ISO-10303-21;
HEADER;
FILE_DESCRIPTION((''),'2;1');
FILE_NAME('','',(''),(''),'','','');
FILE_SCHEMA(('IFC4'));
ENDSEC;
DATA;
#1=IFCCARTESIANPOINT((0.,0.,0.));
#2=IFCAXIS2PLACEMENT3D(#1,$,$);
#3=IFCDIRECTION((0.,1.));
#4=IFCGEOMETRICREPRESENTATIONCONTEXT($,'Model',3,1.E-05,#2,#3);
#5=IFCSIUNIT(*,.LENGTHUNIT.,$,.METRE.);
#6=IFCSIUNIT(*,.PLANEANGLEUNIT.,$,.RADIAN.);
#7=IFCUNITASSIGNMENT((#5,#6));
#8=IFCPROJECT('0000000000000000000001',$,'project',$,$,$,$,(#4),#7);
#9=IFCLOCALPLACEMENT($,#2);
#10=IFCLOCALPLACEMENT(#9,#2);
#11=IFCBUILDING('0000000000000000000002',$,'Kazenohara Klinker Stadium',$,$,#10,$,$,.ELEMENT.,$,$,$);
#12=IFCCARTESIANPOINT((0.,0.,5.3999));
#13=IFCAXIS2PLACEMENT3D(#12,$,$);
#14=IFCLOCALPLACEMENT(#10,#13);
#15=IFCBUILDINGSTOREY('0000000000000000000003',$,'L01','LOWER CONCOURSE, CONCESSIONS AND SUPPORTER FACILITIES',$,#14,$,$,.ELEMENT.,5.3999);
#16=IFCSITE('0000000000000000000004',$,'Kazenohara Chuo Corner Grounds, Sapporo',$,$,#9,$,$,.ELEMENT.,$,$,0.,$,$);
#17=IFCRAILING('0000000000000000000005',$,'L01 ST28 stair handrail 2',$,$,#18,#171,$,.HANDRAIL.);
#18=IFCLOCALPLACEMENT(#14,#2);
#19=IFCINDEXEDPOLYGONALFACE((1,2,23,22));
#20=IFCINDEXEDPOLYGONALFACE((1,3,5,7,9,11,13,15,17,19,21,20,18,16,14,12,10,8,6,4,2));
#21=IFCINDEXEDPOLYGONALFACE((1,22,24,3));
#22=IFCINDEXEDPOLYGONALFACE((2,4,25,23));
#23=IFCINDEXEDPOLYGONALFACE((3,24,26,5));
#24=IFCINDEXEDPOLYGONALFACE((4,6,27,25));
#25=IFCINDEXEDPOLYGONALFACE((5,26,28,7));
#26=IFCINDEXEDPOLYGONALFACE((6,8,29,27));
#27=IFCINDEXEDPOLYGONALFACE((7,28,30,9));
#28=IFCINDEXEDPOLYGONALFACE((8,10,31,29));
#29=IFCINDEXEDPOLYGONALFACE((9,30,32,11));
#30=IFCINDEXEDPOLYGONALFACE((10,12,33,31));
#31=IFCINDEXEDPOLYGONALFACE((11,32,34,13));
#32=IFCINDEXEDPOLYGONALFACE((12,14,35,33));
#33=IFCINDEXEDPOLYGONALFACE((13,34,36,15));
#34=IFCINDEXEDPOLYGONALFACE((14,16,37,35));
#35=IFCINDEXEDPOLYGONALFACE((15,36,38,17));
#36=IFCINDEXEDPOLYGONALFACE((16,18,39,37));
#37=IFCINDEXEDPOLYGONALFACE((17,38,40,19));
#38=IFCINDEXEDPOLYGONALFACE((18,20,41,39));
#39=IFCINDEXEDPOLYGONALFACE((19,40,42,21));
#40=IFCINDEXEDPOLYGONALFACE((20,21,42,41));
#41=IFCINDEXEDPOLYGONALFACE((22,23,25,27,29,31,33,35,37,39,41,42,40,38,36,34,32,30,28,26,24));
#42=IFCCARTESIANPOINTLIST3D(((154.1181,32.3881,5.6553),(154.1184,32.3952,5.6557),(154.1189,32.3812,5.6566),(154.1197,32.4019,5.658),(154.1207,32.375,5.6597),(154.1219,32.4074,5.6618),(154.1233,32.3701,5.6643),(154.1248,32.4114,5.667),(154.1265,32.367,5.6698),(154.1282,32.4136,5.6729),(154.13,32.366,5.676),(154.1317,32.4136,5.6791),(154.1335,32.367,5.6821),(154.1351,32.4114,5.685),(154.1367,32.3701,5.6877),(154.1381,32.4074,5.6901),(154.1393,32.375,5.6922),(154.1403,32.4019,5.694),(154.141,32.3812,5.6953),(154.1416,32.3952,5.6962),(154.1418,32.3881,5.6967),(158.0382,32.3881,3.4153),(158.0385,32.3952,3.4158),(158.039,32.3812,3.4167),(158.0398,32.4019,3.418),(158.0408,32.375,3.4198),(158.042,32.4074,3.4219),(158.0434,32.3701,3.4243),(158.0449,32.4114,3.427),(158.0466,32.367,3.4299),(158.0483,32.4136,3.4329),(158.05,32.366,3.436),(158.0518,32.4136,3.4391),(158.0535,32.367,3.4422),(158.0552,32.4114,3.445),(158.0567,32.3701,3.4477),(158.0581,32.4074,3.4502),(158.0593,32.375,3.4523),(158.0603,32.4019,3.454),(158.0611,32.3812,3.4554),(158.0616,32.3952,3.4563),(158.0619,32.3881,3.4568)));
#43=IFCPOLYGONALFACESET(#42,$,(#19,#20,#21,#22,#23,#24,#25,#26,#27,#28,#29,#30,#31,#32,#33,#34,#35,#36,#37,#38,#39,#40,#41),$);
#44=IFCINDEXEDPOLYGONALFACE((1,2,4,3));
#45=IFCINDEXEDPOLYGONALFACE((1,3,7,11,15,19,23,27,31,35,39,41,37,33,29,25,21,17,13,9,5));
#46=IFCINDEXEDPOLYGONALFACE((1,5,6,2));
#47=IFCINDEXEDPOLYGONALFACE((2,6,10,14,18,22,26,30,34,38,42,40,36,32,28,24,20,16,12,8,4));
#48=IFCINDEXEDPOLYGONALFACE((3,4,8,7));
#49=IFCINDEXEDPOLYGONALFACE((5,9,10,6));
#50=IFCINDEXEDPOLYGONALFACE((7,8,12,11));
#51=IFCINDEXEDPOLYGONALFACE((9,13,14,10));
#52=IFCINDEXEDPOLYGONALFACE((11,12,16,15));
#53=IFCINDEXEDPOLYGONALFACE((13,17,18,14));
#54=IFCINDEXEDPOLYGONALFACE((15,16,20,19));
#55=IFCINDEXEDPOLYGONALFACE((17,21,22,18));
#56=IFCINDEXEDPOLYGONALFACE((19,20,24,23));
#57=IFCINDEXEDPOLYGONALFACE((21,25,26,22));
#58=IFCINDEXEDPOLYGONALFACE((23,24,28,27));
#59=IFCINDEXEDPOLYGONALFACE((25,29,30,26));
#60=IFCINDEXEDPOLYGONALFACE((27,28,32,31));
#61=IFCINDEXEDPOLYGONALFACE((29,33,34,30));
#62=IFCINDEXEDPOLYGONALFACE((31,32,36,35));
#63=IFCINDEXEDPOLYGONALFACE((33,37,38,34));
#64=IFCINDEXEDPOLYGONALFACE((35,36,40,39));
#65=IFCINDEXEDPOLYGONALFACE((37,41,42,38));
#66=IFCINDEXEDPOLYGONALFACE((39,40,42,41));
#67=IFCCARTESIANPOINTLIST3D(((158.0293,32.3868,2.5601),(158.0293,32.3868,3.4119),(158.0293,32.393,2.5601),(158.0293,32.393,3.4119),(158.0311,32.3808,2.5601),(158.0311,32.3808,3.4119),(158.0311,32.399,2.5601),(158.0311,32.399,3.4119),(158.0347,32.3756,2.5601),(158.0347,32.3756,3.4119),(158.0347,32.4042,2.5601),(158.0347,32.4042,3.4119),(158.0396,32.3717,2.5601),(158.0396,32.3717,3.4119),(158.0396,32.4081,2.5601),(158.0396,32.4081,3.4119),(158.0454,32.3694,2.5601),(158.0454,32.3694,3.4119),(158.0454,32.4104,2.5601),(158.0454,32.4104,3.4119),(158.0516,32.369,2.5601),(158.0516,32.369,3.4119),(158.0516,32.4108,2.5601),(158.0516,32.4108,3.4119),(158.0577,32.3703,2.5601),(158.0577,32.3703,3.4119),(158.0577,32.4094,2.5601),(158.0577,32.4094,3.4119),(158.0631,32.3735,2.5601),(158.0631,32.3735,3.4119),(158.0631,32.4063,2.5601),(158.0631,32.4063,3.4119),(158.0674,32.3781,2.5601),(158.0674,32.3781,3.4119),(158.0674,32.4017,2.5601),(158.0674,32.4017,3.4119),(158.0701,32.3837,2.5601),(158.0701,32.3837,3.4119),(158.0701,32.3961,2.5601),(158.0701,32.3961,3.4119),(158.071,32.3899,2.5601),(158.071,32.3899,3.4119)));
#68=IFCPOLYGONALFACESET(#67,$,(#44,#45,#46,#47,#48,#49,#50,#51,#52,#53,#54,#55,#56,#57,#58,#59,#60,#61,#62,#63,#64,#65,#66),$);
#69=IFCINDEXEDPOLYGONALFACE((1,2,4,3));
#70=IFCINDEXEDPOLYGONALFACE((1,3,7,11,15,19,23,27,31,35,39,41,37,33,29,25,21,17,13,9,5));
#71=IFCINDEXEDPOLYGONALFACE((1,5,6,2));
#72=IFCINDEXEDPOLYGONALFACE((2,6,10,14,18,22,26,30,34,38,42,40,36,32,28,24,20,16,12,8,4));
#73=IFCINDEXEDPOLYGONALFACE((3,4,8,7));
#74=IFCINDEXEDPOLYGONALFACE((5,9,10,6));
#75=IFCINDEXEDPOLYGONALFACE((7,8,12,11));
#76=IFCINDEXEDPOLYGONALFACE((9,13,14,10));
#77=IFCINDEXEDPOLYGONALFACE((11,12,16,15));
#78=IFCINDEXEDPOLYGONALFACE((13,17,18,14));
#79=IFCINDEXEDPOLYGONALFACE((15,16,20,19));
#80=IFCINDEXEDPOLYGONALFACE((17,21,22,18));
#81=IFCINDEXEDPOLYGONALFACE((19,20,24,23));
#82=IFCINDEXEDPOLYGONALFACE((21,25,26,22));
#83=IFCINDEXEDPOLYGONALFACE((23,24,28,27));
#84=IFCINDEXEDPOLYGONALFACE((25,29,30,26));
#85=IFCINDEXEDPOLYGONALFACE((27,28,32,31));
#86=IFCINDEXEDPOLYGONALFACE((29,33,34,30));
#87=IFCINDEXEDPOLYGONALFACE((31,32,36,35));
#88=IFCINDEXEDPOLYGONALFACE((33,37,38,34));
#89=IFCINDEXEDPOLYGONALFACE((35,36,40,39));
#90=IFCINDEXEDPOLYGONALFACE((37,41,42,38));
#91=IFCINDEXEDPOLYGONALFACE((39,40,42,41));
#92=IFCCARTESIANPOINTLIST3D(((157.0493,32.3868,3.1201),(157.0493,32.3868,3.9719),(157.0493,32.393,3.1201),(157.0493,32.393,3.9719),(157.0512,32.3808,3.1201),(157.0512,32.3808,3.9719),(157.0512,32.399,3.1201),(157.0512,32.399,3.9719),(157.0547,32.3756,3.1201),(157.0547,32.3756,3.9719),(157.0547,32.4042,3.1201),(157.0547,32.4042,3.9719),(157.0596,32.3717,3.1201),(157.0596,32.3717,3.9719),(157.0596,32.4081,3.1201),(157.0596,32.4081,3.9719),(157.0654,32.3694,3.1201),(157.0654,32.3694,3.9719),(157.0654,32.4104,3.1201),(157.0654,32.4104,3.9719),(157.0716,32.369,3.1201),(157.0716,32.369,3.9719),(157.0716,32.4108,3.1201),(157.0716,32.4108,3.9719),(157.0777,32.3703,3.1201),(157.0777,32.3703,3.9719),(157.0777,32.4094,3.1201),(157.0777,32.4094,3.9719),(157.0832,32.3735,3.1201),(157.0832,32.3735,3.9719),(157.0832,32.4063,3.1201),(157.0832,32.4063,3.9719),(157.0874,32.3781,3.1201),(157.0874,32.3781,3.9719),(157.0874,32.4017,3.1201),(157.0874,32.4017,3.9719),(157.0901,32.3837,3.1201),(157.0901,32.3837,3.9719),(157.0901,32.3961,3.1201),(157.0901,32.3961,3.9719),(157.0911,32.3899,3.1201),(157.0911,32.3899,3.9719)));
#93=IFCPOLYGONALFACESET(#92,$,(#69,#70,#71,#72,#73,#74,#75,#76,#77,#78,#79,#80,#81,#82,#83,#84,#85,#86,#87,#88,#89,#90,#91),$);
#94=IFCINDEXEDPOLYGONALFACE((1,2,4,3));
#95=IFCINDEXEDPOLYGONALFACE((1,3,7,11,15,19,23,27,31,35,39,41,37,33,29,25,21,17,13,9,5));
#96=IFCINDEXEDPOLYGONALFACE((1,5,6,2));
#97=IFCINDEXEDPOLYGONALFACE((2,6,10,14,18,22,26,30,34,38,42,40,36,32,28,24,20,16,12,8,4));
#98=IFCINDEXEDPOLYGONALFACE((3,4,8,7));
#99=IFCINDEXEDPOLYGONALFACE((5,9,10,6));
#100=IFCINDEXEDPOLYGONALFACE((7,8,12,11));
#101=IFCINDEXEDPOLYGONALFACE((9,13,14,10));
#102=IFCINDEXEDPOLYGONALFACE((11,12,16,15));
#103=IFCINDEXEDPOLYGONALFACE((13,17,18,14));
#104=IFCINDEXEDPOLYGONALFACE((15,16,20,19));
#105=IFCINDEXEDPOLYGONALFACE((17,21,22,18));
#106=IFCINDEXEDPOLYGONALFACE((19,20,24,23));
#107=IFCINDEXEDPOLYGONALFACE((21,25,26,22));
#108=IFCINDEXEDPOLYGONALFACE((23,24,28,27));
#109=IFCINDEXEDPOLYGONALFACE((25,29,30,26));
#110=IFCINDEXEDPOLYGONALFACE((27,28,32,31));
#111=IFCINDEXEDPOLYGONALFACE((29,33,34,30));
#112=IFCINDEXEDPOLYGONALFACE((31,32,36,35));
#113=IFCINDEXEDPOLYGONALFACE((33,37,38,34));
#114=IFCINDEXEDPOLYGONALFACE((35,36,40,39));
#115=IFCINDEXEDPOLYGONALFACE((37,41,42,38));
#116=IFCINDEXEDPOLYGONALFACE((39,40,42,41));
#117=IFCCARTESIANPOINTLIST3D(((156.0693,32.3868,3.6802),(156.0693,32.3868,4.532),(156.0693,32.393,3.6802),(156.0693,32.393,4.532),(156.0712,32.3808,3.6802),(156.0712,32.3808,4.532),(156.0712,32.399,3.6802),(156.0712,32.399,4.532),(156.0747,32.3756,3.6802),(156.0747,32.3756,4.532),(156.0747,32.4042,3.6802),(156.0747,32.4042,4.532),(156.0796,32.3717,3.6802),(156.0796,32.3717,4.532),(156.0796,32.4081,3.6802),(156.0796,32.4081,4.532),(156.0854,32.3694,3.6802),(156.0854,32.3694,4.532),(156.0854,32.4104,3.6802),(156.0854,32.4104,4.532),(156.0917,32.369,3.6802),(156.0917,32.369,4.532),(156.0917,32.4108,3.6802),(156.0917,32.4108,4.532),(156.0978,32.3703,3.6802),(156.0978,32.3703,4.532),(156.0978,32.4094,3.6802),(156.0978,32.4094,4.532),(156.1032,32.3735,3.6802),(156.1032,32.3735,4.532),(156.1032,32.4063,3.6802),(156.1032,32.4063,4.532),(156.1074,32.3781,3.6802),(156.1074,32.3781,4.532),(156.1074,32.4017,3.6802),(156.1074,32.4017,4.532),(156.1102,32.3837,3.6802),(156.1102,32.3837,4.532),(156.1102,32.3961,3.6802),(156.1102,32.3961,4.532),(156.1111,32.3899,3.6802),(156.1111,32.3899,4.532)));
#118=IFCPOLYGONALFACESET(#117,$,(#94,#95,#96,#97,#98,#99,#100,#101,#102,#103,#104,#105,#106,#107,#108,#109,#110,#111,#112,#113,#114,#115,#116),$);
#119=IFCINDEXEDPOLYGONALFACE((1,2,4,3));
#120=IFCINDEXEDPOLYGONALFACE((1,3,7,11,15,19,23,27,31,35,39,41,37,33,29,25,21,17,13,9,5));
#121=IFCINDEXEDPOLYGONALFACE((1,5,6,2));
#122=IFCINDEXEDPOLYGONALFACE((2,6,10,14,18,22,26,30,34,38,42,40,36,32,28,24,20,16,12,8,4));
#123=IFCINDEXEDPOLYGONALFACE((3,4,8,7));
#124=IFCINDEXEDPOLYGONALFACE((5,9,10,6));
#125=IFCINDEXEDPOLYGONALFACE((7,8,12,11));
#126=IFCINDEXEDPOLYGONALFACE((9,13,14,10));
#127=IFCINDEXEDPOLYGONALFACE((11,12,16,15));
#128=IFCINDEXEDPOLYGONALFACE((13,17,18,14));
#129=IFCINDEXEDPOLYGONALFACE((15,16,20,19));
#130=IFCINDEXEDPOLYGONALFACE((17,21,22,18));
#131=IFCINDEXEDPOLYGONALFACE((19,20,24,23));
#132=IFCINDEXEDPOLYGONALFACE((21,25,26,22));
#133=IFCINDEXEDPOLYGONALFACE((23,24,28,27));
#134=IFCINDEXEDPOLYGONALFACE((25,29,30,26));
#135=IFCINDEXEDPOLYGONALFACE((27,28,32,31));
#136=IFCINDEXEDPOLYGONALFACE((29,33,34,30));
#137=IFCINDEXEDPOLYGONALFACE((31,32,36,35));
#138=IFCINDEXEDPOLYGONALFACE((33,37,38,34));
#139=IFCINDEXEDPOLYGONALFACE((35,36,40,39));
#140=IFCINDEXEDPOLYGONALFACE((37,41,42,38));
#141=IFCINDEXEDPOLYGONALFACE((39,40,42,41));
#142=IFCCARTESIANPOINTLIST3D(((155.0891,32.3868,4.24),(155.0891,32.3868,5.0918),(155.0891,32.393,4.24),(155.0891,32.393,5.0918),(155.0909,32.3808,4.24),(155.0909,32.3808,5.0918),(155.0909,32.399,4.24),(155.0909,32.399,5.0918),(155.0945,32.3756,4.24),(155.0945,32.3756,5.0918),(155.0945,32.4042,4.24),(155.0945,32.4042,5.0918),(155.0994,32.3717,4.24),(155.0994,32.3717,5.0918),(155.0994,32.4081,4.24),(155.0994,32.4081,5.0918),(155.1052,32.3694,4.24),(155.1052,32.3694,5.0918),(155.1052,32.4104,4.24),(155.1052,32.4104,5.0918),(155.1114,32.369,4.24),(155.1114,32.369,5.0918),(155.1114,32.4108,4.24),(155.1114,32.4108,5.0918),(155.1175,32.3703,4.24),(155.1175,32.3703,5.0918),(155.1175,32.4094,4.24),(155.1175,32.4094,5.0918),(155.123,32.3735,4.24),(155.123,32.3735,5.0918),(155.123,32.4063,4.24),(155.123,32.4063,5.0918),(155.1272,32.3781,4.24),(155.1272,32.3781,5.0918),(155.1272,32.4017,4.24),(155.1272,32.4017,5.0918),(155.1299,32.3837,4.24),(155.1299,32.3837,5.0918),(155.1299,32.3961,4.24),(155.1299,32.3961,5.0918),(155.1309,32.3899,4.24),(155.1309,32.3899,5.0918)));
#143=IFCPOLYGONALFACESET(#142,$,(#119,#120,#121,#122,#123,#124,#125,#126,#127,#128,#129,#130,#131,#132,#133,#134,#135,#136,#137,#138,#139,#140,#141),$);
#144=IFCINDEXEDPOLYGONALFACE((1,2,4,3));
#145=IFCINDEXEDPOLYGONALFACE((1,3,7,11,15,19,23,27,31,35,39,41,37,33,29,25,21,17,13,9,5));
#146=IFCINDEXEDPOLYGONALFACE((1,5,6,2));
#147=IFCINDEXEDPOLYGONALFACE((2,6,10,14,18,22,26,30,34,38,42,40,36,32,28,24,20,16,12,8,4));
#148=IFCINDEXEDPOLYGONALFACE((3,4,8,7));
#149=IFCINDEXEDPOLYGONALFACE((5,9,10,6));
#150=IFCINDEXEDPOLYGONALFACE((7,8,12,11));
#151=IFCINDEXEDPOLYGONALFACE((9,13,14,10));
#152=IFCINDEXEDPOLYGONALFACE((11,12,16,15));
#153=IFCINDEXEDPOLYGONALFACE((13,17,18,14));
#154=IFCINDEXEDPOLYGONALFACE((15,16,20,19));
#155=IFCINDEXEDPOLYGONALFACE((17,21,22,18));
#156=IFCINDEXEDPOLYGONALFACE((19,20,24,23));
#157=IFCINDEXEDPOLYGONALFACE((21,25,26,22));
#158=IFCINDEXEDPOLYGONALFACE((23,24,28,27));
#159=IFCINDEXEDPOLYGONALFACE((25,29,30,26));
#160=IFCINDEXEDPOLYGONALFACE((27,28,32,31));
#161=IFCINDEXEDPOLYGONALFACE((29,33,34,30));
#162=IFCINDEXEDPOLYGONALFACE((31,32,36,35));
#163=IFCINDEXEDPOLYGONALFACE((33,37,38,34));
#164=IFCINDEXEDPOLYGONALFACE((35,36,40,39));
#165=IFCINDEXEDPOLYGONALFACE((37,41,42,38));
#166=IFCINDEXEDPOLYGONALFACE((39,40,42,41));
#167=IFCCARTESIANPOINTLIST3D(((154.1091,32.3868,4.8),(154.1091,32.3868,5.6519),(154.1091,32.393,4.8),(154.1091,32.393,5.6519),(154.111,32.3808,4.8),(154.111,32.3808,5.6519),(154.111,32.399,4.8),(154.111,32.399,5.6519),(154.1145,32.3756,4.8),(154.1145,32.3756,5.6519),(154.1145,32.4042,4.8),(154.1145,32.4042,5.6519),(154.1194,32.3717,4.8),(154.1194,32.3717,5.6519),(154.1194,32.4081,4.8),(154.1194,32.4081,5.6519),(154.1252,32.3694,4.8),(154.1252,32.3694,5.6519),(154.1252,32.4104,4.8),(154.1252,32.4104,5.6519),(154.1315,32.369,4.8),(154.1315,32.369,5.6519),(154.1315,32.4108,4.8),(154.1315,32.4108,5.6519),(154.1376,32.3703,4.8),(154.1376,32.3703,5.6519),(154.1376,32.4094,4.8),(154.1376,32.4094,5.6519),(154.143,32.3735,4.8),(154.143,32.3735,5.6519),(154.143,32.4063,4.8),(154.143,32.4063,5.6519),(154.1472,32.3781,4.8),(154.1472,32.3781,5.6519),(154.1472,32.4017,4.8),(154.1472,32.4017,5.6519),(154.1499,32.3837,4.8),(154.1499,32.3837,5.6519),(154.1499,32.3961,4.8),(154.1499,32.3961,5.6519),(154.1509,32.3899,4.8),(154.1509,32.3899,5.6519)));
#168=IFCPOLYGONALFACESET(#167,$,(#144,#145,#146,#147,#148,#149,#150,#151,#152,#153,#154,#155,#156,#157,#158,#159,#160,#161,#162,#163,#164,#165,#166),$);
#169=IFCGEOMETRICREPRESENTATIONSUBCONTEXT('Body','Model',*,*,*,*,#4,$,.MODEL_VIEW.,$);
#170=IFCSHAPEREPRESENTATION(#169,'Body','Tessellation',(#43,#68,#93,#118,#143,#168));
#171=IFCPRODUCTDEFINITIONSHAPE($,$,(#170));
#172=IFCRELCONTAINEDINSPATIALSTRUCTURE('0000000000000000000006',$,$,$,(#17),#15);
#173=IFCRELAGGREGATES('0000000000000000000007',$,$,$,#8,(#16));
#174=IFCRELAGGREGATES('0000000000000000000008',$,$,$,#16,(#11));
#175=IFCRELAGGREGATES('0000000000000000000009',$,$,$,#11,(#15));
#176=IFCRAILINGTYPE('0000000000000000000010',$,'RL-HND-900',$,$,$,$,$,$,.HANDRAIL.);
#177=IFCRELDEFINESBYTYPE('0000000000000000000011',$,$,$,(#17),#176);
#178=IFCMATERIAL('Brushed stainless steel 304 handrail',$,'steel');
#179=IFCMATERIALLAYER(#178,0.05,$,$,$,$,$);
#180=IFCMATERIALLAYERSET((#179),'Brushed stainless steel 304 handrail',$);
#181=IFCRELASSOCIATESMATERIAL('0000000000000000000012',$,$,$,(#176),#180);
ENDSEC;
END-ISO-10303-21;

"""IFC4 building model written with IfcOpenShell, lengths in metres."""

from ifc_helpers import new_model, si_unit, direction, frame, origin, origin_2d, place, context, subcontext, project, spatial, circle, extrude, material, layer, layer_set, type_object, element, save


model = new_model("IFC4")

# Units and contexts
model_context = context("Model", 3, precision=1e-05, world=origin(), true_north=direction((0.0, 1.0)))
body_context = subcontext(model_context, "Body", "Model", "MODEL_VIEW")
ifc_project = project(units=[si_unit("LENGTHUNIT", "METRE"), si_unit("PLANEANGLEUNIT", "RADIAN")], contexts=[model_context])

# Site, building, storey
site_placement = place(None, origin())
site = spatial("IfcSite", under=ifc_project, at=site_placement, Name="Kazenohara Chuo Corner Grounds, Sapporo", CompositionType="ELEMENT", RefElevation=0.0)
building_placement = place(site_placement, origin())
building = spatial("IfcBuilding", under=site, at=building_placement, Name="Kazenohara Klinker Stadium", CompositionType="ELEMENT")
storey_placement = place(building_placement, frame((0.0, 0.0, 5.3999)))
storey = spatial("IfcBuildingStorey", under=building, at=storey_placement, Name="L01", Description="LOWER CONCOURSE, CONCESSIONS AND SUPPORTER FACILITIES", CompositionType="ELEMENT", Elevation=5.3999)

# Railing
ifc_material_1 = material(Name="Brushed stainless steel 304 handrail", Category="steel")
ifc_layer_1 = layer(ifc_material_1, 0.05)
ifc_layer_set_1 = layer_set([ifc_layer_1], Name="Brushed stainless steel 304 handrail")
railing_type_1 = type_object("IfcRailingType", Name="RL-HND-900", PredefinedType="HANDRAIL", material=ifc_layer_set_1)
railing_1_placement = place(storey_placement, frame((158.05, 32.3899, 2.5601)))
element("IfcRailing", 1, at=railing_1_placement, inside=storey, type_object=railing_type_1, Name="L01 ST28 stair handrail 2", PredefinedType="HANDRAIL", context=body_context, shape_type="SweptSolid", body=[
    extrude(circle(Radius=0.0239, at=origin_2d()), frame((0.0, 0.0, 0.876), z_axis=(-0.868253, 0.0, 0.496121), x_axis=(0.0, -1.0, 0.0)), (0.0, 0.0, 1.0), 4.5149),
    extrude(circle(Radius=0.021, at=origin_2d()), origin(), (0.0, 0.0, 1.0), 0.8518),
    extrude(circle(Radius=0.021, at=origin_2d()), frame((-0.98, 0.0, 0.5601)), (0.0, 0.0, 1.0), 0.8518),
    extrude(circle(Radius=0.021, at=origin_2d()), frame((-1.96, 0.0, 1.1201)), (0.0, 0.0, 1.0), 0.8518),
    extrude(circle(Radius=0.021, at=origin_2d()), frame((-2.9402, 0.0, 1.6799)), (0.0, 0.0, 1.0), 0.8518),
    extrude(circle(Radius=0.021, at=origin_2d()), frame((-3.9202, 0.0, 2.24)), (0.0, 0.0, 1.0), 0.8518),
])

save(model, "model.ifc")
